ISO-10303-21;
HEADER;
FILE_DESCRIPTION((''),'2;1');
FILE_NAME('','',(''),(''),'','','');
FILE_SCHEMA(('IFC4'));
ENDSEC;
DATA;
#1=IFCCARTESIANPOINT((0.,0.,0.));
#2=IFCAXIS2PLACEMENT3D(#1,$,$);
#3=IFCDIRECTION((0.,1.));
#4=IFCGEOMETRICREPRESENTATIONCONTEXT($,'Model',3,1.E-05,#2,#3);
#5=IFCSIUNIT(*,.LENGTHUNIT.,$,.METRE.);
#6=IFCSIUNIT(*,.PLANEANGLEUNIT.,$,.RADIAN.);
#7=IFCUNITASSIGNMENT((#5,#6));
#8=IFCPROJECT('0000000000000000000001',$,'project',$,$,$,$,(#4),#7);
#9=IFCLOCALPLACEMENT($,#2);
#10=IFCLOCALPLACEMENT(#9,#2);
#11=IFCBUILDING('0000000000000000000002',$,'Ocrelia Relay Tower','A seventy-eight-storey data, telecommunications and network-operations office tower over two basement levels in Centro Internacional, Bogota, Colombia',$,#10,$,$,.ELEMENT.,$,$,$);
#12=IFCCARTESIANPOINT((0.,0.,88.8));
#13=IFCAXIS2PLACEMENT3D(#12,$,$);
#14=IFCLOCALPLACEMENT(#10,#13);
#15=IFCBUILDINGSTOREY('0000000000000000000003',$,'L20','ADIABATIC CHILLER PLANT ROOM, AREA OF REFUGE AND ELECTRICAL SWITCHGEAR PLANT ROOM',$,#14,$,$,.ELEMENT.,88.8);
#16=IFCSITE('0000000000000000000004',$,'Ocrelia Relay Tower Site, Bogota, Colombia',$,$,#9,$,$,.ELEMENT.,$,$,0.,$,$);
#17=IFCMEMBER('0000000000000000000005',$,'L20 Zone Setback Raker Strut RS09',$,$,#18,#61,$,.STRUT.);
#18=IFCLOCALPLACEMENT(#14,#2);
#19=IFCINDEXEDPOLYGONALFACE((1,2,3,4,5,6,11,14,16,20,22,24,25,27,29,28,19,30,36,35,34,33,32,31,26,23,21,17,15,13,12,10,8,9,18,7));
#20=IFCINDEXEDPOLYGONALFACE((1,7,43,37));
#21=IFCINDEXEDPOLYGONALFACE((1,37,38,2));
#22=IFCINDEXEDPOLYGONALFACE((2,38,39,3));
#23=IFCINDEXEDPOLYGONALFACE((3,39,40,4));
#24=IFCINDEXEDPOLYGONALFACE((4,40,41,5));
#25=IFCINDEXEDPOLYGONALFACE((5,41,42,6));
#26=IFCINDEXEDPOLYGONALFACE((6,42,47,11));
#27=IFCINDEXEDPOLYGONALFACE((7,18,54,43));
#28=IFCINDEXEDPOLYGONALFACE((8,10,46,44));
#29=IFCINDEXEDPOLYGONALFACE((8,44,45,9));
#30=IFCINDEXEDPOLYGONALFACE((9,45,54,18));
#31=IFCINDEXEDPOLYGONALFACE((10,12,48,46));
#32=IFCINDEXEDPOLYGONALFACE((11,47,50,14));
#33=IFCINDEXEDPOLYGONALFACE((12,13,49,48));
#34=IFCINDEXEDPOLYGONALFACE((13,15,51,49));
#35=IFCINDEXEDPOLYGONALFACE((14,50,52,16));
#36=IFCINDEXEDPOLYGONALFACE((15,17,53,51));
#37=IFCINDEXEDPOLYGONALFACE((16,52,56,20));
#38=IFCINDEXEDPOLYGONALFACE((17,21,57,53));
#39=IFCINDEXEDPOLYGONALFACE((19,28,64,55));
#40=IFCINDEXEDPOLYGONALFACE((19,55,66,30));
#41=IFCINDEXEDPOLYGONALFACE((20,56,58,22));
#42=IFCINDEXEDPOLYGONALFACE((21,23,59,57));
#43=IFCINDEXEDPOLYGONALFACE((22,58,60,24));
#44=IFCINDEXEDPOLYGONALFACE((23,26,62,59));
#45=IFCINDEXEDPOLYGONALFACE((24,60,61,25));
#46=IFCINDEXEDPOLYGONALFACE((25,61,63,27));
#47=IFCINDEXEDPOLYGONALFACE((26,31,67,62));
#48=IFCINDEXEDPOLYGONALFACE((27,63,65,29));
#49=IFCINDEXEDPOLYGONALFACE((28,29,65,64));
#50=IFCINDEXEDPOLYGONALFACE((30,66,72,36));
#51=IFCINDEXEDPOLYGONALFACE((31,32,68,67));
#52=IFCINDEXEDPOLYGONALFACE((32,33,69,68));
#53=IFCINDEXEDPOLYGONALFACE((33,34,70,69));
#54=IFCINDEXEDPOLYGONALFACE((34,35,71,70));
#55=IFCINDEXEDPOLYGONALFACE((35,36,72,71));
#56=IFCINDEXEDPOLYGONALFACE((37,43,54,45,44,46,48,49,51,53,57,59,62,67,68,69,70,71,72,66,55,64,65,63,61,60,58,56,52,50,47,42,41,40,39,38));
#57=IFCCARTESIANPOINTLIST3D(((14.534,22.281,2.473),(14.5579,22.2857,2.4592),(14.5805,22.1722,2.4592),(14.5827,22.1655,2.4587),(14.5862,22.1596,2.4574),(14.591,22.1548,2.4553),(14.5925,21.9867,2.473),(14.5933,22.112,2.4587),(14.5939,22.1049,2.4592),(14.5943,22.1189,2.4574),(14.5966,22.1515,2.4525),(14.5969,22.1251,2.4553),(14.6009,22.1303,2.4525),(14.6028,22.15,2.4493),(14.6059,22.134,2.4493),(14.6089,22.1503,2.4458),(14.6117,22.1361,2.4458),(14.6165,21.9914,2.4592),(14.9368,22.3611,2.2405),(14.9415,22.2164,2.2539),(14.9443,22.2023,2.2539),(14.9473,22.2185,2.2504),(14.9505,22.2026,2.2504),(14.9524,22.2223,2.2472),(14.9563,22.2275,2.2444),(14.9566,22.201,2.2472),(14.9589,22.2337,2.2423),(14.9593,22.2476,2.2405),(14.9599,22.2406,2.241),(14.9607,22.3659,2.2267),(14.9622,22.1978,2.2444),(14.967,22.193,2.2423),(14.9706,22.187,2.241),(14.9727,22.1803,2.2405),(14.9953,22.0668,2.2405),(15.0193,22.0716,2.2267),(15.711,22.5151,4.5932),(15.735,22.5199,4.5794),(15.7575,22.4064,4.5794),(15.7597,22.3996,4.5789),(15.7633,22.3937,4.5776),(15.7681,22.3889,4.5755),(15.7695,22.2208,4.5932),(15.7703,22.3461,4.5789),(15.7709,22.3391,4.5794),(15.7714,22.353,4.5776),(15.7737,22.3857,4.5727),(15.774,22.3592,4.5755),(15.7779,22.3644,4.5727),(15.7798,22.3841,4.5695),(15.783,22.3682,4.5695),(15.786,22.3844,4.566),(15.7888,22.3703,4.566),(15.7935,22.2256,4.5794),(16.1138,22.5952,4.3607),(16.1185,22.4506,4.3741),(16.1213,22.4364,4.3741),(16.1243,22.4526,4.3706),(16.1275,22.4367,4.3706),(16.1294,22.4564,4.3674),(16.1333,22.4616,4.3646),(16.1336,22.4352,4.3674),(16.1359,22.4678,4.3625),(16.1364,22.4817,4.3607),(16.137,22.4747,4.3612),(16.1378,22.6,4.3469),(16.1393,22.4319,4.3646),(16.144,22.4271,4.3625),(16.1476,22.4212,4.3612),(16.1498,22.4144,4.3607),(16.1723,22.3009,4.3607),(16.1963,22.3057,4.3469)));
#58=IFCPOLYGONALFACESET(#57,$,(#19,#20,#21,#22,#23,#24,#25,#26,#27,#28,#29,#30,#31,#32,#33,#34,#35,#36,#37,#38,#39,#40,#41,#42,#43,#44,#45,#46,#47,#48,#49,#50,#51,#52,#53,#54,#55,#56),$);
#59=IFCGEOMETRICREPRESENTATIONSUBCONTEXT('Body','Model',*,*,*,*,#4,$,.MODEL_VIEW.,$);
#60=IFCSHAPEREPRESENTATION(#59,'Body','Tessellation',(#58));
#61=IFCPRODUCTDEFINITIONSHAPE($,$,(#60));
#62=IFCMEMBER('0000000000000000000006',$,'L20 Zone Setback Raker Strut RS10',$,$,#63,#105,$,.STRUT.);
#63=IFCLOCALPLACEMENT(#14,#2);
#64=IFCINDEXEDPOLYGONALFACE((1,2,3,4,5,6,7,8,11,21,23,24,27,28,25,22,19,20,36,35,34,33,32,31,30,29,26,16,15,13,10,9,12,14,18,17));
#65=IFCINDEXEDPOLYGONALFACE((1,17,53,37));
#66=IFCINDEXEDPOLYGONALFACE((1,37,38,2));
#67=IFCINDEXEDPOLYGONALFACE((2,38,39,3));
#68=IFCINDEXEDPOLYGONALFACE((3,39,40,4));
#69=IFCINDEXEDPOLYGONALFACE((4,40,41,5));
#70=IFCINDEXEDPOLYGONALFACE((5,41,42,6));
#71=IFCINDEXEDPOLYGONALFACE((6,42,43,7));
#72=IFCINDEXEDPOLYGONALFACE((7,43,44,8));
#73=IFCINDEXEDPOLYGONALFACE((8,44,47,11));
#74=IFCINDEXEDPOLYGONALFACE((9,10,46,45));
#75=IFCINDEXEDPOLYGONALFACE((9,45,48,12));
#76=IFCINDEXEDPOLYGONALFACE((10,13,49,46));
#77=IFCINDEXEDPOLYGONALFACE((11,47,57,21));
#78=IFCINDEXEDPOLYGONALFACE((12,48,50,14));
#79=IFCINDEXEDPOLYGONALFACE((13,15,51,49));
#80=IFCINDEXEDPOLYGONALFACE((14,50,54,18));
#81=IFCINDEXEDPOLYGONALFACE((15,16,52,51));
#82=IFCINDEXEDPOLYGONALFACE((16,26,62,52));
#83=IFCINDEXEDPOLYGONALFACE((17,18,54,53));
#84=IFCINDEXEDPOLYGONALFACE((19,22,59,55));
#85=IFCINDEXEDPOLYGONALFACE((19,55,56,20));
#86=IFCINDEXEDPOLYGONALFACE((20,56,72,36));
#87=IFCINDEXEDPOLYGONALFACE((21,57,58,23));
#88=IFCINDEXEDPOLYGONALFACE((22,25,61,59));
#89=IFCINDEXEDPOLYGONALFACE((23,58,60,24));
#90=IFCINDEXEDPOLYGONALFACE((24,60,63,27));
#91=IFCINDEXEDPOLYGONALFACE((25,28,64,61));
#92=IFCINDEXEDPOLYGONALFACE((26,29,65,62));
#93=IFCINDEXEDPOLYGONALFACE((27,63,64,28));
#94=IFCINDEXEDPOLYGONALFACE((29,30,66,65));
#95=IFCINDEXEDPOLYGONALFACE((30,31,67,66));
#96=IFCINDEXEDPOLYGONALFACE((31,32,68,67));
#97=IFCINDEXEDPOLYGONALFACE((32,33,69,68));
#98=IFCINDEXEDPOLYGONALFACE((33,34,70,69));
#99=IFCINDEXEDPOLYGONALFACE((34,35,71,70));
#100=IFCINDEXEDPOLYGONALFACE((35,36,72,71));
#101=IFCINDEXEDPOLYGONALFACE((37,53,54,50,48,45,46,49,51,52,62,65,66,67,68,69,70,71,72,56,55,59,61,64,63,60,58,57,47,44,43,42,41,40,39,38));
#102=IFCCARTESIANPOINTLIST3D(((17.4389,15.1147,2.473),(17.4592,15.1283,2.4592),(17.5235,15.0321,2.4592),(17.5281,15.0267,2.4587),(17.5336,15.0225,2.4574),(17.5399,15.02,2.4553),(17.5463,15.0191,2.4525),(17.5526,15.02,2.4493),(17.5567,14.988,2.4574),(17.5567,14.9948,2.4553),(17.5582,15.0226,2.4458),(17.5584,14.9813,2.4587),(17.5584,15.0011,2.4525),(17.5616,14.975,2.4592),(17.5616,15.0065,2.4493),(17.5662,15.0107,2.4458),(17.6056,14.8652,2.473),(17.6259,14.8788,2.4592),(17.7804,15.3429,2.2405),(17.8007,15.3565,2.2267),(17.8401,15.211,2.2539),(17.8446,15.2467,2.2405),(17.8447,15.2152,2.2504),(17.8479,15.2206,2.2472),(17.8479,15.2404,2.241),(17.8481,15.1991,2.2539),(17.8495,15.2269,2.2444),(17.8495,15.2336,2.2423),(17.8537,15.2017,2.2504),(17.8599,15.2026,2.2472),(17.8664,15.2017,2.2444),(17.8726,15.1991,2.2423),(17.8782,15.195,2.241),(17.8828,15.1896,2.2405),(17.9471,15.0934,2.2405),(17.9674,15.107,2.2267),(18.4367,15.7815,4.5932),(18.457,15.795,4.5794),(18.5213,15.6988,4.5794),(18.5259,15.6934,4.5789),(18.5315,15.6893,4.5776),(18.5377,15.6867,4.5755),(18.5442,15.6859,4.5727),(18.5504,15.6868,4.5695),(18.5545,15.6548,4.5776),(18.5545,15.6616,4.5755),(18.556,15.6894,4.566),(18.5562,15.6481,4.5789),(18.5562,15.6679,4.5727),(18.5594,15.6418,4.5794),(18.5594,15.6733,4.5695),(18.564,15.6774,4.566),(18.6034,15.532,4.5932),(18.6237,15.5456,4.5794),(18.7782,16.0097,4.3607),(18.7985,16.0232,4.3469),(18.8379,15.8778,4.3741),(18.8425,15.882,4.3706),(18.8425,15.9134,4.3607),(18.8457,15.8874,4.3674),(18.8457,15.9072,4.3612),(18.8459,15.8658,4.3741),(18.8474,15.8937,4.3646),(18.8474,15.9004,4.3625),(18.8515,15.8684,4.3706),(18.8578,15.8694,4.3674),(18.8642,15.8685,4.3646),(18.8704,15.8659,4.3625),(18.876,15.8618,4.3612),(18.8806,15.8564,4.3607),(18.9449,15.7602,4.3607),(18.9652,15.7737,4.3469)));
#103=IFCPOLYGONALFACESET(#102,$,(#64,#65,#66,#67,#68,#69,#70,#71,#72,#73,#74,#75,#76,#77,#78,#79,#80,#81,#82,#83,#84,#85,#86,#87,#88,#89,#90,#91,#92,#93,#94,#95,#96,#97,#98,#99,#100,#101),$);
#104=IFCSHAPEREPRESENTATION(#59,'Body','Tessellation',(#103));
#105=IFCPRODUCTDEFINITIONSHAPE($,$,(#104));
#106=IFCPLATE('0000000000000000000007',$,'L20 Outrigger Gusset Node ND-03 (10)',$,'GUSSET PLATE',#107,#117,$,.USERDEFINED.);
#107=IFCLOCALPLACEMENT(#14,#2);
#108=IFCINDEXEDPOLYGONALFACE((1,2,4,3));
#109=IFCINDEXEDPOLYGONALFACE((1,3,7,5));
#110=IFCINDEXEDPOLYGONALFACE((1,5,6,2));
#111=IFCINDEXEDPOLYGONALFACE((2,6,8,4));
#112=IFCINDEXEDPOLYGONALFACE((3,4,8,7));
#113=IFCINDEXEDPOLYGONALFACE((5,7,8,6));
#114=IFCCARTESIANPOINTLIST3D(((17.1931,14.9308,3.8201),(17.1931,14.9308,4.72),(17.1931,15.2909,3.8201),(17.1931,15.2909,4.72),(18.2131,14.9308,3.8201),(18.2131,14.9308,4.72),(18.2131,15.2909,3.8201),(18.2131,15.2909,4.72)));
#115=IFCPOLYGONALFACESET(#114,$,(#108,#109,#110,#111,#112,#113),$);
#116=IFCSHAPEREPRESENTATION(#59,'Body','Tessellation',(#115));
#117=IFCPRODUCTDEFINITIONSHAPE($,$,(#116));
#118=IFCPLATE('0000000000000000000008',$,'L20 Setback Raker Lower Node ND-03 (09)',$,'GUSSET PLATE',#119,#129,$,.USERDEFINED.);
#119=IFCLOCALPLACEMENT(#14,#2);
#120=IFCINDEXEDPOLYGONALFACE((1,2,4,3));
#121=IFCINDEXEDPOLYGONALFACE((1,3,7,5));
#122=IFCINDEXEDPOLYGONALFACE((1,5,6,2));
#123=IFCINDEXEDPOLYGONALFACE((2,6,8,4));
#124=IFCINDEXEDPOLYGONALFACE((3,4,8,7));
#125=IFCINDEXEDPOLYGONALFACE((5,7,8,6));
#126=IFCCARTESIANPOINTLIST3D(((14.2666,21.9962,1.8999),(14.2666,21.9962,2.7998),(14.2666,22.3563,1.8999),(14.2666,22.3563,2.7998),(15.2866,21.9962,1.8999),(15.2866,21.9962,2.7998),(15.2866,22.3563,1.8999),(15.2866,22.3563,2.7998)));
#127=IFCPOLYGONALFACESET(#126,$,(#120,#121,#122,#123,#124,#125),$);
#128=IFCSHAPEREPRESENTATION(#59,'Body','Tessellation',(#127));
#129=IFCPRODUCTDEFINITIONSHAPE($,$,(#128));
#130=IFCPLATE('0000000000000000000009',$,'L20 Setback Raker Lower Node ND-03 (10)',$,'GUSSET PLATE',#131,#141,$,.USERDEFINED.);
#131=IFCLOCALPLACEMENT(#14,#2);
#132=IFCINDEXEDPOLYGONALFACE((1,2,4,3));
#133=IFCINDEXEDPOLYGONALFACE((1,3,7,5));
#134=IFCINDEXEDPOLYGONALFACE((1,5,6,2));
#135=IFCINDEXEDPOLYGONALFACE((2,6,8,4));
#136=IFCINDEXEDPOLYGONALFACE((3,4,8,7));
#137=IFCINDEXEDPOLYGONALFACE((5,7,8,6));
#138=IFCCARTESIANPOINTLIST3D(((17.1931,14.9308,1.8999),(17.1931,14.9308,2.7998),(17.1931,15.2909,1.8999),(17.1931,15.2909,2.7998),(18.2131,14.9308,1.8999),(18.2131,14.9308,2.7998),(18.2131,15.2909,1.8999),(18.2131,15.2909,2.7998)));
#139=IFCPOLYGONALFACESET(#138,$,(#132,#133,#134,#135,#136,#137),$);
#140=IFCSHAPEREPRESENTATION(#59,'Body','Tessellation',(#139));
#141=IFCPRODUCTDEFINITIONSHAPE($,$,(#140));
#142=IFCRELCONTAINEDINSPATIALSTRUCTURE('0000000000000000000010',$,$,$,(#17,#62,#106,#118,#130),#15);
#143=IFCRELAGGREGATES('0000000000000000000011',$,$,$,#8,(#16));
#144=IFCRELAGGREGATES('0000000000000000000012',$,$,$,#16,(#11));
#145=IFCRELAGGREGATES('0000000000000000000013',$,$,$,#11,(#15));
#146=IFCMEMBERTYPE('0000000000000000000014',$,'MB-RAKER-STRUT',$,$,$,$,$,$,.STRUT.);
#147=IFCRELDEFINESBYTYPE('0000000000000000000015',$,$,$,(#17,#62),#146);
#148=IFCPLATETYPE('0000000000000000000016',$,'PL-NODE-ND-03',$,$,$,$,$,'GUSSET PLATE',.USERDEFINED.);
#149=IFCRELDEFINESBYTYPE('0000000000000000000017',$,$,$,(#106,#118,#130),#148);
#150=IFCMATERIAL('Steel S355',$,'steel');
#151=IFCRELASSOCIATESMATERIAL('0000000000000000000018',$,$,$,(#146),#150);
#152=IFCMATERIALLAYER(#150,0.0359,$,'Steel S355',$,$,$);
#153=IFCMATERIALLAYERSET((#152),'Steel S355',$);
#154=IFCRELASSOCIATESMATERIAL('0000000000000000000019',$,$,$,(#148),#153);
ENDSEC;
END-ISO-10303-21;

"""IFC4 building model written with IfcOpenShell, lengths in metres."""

from ifc_helpers import new_model, si_unit, direction, frame, origin, origin_2d, place, context, subcontext, project, spatial, rectangle, i_section, extrude, material, layer, layer_set, material_profile, profile_set, type_object, element, save


model = new_model("IFC4")

# Units and contexts
model_context = context("Model", 3, precision=1e-05, world=origin(), true_north=direction((0.0, 1.0)))
body_context = subcontext(model_context, "Body", "Model", "MODEL_VIEW")
ifc_project = project(units=[si_unit("LENGTHUNIT", "METRE"), si_unit("PLANEANGLEUNIT", "RADIAN")], contexts=[model_context])

# Site, building, storey
site_placement = place(None, origin())
site = spatial("IfcSite", under=ifc_project, at=site_placement, Name="Ocrelia Relay Tower Site, Bogota, Colombia", CompositionType="ELEMENT", RefElevation=0.0)
building_placement = place(site_placement, origin())
building = spatial("IfcBuilding", under=site, at=building_placement, Name="Ocrelia Relay Tower", Description="A seventy-eight-storey data, telecommunications and network-operations office tower over two basement levels in Centro Internacional, Bogota, Colombia", CompositionType="ELEMENT")
storey_placement = place(building_placement, frame((0.0, 0.0, 88.8)))
storey = spatial("IfcBuildingStorey", under=building, at=storey_placement, Name="L20", Description="ADIABATIC CHILLER PLANT ROOM, AREA OF REFUGE AND ELECTRICAL SWITCHGEAR PLANT ROOM", CompositionType="ELEMENT", Elevation=88.8)

# Shared definitions
ifc_material_1 = material(Name="Steel S355", Category="steel")

# Members
ifc_material_profile_1 = material_profile(ifc_material_1, i_section(OverallWidth=0.3, OverallDepth=0.5, WebThickness=0.0144, FlangeThickness=0.0281, FilletRadius=0.0271, at=origin_2d()), Name="HEB 500")
ifc_profile_set_1 = profile_set([ifc_material_profile_1], Name="Steel S355")
member_type_1 = type_object("IfcMemberType", Name="MB-RAKER-STRUT", PredefinedType="STRUT", material=ifc_profile_set_1)
for number, where, z_axis, x_axis, name in (
    (1, (14.7766, 22.1763, 2.3499), (0.483131, 0.096105, 0.870257), (-0.195099, 0.980784, 0.0), "L20 Zone Setback Raker Strut RS09"),
    (2, (17.7031, 15.1108, 2.3499), (0.409574, 0.273684, 0.870257), (-0.555592, 0.831455, 0.0), "L20 Zone Setback Raker Strut RS10"),
):
    element("IfcMember", number, at=place(storey_placement, frame(where, z_axis=z_axis, x_axis=x_axis)), inside=storey, type_object=member_type_1, Name=name, PredefinedType="STRUT", context=body_context, shape_type="SweptSolid", body=[
        extrude(i_section(OverallWidth=0.3, OverallDepth=0.5, WebThickness=0.0144, FlangeThickness=0.0281, FilletRadius=0.0271, at=origin_2d()), origin(), (0.0, 0.0, 1.0), 2.4363),
    ])

# Plates
ifc_layer_1 = layer(ifc_material_1, 0.0359, Name="Steel S355")
ifc_layer_set_1 = layer_set([ifc_layer_1], Name="Steel S355")
plate_type = type_object("IfcPlateType", Name="PL-NODE-ND-03", ElementType="GUSSET PLATE", PredefinedType="USERDEFINED", material=ifc_layer_set_1)
for number, where, z_axis, x_axis, name in (
    (3, (17.7031, 15.1108, 3.8201), (0.0, 0.0, 1.0), (1.0, 0.0, 0.0), "L20 Outrigger Gusset Node ND-03 (10)"),
    (4, (14.7766, 22.1763, 1.8999), (0.0, 0.0, 1.0), (1.0, 0.0, 0.0), "L20 Setback Raker Lower Node ND-03 (09)"),
    (5, (17.7031, 15.1108, 1.8999), (0.0, 0.0, 1.0), (1.0, 0.0, 0.0), "L20 Setback Raker Lower Node ND-03 (10)"),
):
    element("IfcPlate", number, at=place(storey_placement, frame(where, z_axis=z_axis, x_axis=x_axis)), inside=storey, type_object=plate_type, Name=name, ObjectType="GUSSET PLATE", PredefinedType="USERDEFINED", context=body_context, shape_type="SweptSolid", body=[
        extrude(rectangle(XDim=1.02, YDim=0.3601, at=origin_2d()), origin(), (0.0, 0.0, 1.0), 0.8999),
    ])

save(model, "model.ifc")
